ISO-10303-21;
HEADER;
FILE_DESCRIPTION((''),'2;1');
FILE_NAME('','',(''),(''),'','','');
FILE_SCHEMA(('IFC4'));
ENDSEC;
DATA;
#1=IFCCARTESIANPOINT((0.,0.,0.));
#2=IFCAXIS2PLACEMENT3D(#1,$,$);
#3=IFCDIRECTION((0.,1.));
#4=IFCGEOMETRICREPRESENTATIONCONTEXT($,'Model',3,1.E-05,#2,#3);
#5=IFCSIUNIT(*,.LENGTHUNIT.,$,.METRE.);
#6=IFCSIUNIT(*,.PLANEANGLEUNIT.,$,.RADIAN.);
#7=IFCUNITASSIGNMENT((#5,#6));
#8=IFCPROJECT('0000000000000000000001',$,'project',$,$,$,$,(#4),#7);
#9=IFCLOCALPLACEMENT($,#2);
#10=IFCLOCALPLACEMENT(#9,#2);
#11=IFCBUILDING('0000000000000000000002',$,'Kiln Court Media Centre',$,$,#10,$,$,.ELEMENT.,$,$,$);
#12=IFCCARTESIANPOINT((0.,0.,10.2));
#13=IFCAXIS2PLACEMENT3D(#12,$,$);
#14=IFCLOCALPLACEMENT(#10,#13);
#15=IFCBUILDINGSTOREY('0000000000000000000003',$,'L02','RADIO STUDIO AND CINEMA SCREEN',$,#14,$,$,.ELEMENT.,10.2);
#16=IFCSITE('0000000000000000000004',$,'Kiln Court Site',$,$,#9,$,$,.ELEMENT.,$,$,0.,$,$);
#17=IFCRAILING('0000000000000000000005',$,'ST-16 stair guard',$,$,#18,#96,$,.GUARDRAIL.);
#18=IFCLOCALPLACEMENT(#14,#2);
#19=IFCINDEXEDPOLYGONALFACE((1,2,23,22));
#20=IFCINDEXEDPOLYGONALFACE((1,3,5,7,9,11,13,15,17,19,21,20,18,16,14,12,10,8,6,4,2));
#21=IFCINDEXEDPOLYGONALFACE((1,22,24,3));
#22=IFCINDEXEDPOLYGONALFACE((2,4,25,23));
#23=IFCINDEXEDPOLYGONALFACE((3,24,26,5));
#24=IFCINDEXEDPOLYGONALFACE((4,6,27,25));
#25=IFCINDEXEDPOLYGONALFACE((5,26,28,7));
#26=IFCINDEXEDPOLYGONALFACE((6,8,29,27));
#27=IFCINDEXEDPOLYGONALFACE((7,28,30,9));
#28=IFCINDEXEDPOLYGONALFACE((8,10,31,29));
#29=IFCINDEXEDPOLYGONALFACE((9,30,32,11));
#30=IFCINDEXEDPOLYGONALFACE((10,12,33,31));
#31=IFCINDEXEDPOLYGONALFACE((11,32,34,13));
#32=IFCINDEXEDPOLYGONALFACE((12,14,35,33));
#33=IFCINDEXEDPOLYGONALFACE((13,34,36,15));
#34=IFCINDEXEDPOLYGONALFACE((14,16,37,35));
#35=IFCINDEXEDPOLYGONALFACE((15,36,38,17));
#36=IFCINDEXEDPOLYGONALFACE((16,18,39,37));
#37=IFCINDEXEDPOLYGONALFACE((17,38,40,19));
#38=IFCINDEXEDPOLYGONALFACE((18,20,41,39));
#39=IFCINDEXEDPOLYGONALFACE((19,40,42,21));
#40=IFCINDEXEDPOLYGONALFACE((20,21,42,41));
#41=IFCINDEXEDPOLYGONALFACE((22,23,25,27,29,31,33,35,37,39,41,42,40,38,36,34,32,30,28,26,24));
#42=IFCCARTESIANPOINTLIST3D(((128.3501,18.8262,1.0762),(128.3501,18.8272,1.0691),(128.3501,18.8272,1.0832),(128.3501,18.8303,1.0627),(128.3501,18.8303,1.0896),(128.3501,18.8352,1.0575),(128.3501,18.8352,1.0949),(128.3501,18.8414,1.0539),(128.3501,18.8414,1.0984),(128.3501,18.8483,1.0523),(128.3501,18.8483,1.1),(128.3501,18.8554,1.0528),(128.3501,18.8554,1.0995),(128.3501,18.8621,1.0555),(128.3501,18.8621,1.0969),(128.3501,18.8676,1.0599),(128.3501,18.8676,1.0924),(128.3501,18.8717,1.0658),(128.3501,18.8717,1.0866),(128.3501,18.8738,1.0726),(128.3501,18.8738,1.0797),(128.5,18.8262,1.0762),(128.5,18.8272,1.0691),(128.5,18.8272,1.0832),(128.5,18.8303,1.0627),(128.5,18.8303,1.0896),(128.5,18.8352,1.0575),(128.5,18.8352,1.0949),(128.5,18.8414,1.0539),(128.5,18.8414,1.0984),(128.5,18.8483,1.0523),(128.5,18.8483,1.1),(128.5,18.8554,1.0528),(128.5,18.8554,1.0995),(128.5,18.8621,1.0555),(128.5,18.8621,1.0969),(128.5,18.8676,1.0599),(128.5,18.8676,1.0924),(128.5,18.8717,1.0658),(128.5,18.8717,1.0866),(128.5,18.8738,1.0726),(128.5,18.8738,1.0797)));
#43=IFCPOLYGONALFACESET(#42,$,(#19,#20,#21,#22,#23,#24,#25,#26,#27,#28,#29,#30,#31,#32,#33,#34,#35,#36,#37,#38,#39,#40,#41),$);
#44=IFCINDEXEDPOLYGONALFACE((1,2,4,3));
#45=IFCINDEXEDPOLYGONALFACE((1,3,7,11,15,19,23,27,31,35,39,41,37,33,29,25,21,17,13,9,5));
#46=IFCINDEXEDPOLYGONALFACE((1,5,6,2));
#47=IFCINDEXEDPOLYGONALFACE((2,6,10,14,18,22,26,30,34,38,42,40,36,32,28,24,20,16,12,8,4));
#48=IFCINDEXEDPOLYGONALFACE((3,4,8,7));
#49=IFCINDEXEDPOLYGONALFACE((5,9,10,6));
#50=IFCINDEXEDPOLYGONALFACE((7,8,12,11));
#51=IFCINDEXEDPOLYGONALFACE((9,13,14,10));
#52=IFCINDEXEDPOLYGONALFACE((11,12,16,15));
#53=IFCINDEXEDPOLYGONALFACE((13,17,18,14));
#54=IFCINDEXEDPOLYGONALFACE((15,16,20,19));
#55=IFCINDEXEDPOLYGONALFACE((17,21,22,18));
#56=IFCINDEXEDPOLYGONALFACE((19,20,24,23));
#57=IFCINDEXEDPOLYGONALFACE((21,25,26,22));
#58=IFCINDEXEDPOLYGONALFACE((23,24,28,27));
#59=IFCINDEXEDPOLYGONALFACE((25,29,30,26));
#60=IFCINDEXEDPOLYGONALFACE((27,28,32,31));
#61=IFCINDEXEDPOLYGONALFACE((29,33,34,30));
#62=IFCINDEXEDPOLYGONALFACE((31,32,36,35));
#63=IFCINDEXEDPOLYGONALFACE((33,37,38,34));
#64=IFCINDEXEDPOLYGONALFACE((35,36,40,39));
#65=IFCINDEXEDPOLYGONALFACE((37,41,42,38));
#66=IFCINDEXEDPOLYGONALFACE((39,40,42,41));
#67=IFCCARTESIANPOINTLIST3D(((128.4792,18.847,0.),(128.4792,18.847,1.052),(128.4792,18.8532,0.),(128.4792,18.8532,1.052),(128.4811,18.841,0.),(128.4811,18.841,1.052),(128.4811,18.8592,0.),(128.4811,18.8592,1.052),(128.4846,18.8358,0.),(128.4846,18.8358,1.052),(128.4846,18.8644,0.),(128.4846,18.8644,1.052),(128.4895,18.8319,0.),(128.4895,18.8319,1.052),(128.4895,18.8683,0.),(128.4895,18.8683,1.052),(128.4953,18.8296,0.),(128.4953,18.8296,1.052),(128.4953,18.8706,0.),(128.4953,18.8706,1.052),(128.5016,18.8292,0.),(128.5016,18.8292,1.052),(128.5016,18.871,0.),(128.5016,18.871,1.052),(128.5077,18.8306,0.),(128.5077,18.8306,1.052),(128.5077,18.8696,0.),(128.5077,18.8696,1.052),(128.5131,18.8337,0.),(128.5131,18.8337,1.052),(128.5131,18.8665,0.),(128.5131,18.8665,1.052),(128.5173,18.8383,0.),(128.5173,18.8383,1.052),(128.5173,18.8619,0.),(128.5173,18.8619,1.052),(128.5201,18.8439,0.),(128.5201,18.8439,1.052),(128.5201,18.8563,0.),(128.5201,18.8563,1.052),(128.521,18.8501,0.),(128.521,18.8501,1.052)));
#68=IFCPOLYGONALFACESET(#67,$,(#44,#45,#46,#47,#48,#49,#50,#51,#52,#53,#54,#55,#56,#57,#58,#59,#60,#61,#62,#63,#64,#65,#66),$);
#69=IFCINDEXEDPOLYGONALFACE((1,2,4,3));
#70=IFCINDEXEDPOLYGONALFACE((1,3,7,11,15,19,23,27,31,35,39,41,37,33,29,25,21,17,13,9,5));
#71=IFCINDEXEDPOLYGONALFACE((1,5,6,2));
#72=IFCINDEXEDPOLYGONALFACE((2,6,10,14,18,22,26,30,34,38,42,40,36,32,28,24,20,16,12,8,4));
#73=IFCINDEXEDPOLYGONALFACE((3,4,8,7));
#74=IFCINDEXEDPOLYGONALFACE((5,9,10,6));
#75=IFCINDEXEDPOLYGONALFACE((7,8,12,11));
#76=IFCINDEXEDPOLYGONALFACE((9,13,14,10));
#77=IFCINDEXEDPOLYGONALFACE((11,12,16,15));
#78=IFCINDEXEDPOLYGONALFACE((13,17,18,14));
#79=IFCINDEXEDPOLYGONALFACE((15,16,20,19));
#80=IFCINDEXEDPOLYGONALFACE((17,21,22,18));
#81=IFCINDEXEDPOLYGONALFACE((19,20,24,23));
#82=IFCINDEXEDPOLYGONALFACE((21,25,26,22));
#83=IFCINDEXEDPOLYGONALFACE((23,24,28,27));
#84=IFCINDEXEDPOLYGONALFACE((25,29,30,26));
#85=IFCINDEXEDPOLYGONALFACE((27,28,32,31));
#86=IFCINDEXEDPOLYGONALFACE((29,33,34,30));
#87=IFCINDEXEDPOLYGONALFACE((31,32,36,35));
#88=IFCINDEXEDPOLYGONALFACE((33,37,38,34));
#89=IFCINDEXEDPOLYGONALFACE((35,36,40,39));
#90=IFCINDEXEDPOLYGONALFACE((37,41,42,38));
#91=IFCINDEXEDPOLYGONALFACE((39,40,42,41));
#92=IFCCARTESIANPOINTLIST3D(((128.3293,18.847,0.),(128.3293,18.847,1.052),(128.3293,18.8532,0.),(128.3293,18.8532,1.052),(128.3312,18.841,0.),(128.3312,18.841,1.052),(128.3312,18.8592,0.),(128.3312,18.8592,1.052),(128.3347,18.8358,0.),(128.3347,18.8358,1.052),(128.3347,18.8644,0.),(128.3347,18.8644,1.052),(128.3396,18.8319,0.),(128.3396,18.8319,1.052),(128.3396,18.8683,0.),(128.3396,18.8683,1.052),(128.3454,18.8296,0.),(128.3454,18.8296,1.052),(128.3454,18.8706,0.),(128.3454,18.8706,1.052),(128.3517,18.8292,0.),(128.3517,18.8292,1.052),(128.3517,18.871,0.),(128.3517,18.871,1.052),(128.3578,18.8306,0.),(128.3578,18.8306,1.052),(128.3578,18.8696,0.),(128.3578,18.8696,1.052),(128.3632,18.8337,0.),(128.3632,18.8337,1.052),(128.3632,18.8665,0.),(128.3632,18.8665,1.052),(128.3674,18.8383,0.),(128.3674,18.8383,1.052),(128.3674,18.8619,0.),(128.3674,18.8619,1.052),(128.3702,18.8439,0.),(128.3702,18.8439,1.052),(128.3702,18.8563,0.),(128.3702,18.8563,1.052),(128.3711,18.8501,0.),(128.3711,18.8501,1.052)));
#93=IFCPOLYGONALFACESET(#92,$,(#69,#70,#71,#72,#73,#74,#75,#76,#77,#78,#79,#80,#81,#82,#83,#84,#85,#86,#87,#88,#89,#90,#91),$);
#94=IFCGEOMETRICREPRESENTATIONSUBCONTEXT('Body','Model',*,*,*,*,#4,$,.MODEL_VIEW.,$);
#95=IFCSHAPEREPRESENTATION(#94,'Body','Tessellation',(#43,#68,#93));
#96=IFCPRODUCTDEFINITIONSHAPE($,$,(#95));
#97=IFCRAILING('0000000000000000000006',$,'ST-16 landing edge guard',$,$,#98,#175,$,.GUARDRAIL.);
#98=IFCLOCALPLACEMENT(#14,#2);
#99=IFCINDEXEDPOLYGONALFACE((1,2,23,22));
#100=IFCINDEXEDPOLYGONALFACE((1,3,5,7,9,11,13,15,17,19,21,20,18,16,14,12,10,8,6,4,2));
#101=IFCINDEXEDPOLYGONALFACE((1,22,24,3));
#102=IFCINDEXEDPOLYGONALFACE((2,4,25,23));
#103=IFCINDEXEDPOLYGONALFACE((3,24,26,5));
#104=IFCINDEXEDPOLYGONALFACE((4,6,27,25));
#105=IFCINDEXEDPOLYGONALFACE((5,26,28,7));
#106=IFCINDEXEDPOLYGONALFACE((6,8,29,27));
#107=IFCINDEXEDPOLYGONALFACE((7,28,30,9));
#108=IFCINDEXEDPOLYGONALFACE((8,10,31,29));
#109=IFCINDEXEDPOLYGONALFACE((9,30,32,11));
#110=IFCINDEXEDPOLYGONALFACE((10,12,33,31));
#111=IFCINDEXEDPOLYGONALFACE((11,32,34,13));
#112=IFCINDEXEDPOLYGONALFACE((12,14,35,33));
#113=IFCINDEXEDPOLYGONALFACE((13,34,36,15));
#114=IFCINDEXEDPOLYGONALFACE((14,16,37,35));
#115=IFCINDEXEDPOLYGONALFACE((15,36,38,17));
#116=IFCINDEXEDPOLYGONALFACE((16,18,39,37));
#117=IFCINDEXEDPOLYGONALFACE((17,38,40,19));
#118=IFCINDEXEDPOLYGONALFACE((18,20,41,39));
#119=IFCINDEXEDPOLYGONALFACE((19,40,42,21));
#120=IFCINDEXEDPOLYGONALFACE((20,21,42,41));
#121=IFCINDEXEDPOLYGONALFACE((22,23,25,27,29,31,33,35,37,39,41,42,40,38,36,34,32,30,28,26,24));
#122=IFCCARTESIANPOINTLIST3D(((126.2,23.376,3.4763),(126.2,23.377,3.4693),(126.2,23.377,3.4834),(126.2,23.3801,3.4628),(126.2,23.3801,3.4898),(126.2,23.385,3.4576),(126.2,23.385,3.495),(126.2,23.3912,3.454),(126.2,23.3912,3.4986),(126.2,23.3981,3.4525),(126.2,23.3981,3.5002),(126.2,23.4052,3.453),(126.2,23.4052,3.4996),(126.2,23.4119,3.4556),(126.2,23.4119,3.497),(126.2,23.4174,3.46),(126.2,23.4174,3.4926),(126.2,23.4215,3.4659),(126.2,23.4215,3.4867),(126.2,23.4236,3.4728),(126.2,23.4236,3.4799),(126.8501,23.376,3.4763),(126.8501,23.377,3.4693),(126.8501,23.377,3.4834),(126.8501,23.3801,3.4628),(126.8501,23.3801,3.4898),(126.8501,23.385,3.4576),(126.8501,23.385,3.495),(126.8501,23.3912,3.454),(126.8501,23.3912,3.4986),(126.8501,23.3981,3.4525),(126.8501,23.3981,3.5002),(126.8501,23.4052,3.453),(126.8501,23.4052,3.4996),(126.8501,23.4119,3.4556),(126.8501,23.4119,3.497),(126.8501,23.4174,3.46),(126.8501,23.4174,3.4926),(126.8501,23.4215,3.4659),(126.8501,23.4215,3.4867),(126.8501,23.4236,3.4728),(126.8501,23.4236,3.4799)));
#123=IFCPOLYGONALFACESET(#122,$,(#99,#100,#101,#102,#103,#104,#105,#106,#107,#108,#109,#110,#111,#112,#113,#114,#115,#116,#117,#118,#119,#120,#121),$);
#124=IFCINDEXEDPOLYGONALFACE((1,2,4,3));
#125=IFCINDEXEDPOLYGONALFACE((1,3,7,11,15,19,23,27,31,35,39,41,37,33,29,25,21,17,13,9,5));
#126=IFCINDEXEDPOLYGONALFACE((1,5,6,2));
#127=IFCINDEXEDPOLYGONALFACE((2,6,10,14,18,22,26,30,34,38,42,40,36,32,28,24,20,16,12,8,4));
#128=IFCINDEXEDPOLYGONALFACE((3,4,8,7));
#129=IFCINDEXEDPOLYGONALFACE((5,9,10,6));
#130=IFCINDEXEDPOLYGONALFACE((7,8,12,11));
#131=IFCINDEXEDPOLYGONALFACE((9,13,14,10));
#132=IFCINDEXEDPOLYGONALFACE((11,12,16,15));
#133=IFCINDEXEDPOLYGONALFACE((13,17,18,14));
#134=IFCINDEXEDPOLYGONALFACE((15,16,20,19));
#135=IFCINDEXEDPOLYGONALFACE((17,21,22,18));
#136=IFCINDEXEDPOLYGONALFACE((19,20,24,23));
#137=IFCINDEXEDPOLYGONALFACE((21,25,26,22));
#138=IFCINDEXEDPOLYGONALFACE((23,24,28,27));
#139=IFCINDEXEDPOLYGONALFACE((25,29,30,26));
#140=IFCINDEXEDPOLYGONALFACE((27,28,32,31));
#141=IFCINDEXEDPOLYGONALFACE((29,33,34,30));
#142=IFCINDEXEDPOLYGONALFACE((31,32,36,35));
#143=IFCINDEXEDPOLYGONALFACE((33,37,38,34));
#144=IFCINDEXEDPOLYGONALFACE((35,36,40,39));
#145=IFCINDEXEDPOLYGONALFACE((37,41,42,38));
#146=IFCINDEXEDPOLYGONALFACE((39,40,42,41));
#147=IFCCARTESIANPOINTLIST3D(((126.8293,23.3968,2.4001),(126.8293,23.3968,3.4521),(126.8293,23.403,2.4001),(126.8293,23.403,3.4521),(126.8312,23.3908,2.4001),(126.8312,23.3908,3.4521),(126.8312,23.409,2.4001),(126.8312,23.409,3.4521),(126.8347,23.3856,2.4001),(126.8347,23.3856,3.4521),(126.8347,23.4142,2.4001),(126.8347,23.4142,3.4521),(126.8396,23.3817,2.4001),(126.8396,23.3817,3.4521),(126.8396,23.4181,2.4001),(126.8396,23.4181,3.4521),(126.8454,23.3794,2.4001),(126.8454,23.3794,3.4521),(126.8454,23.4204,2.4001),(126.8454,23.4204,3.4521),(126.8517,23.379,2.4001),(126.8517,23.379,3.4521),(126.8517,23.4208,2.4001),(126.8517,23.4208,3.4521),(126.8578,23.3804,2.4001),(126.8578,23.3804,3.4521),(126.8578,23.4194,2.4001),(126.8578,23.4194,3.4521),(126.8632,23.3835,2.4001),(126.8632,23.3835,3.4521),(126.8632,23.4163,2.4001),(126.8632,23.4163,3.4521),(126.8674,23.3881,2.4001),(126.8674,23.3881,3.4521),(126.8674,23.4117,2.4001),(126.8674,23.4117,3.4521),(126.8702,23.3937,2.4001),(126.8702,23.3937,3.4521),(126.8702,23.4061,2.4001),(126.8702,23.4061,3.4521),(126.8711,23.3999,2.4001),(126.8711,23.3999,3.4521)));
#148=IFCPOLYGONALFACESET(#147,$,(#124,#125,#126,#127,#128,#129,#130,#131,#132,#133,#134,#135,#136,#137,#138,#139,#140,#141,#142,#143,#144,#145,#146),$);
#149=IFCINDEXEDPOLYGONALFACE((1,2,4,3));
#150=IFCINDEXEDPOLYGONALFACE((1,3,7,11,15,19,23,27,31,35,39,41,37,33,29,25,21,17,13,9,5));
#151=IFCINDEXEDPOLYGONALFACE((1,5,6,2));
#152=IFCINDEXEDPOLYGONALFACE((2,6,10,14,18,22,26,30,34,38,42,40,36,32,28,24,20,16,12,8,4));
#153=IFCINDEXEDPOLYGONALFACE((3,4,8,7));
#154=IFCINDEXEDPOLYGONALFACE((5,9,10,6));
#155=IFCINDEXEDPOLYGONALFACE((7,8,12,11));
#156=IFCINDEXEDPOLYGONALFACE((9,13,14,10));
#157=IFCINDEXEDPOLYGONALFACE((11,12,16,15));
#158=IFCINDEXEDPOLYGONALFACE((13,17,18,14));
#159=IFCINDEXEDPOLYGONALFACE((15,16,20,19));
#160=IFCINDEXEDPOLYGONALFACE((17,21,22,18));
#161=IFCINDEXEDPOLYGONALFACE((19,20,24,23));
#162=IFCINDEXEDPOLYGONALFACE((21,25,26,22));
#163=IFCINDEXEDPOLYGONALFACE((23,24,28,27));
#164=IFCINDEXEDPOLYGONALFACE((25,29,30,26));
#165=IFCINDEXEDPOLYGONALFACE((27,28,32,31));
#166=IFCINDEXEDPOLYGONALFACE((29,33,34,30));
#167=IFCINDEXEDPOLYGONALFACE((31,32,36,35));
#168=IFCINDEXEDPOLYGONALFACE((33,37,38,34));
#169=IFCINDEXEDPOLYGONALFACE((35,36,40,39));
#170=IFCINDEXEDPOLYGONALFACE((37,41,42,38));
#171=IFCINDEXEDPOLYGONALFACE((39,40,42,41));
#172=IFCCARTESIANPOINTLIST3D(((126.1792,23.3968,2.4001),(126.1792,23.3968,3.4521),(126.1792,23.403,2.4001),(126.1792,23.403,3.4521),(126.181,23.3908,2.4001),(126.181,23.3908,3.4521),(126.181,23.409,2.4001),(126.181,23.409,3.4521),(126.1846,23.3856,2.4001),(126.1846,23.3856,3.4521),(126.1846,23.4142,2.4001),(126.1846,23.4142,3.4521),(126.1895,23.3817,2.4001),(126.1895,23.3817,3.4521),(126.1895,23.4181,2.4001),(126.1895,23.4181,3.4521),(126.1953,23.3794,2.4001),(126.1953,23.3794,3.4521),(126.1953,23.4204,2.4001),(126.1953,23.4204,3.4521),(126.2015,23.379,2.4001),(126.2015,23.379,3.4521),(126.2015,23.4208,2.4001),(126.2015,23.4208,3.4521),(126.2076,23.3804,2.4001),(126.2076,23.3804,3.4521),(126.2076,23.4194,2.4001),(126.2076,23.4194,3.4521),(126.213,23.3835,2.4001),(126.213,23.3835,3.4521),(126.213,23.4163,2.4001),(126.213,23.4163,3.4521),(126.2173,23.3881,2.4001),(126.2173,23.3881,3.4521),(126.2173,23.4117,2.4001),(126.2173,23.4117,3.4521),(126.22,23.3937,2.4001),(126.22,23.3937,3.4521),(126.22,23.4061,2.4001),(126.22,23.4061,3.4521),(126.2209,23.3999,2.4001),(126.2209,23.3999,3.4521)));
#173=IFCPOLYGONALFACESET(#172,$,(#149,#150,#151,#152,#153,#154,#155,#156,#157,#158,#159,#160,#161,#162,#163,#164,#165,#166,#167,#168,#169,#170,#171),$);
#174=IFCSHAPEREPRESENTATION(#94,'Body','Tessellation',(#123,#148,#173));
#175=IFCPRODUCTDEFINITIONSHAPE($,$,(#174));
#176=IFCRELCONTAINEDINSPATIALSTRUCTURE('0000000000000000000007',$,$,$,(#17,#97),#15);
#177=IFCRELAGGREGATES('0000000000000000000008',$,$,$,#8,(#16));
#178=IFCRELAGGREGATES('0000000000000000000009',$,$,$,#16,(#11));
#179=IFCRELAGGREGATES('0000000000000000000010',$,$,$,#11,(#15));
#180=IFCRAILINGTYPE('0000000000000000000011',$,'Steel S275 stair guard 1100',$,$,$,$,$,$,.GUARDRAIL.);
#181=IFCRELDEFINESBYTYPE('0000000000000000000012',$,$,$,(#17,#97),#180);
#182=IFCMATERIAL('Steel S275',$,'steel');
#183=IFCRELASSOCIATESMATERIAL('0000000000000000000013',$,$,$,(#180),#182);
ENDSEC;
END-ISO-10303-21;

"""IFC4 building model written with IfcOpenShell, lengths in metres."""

from ifc_helpers import new_model, si_unit, direction, frame, origin, origin_2d, place, context, subcontext, project, spatial, circle, extrude, material, type_object, element, save


model = new_model("IFC4")

# Units and contexts
model_context = context("Model", 3, precision=1e-05, world=origin(), true_north=direction((0.0, 1.0)))
body_context = subcontext(model_context, "Body", "Model", "MODEL_VIEW")
ifc_project = project(units=[si_unit("LENGTHUNIT", "METRE"), si_unit("PLANEANGLEUNIT", "RADIAN")], contexts=[model_context])

# Site, building, storey
site_placement = place(None, origin())
site = spatial("IfcSite", under=ifc_project, at=site_placement, Name="Kiln Court Site", CompositionType="ELEMENT", RefElevation=0.0)
building_placement = place(site_placement, origin())
building = spatial("IfcBuilding", under=site, at=building_placement, Name="Kiln Court Media Centre", CompositionType="ELEMENT")
storey_placement = place(building_placement, frame((0.0, 0.0, 10.2)))
storey = spatial("IfcBuildingStorey", under=building, at=storey_placement, Name="L02", Description="RADIO STUDIO AND CINEMA SCREEN", CompositionType="ELEMENT", Elevation=10.2)

# Railings
ifc_material_1 = material(Name="Steel S275", Category="steel")
railing_type_1 = type_object("IfcRailingType", Name="Steel S275 stair guard 1100", PredefinedType="GUARDRAIL", material=ifc_material_1)
railing_1_placement = place(storey_placement, frame((128.5, 18.8501, 0.0)))
element("IfcRailing", 1, at=railing_1_placement, inside=storey, type_object=railing_type_1, Name="ST-16 stair guard", PredefinedType="GUARDRAIL", context=body_context, shape_type="SweptSolid", body=[
    extrude(circle(Radius=0.0239, at=origin_2d()), frame((0.0, 0.0, 1.0762), z_axis=(-1.0, 0.0, 0.0), x_axis=(0.0, -1.0, 0.0)), (0.0, 0.0, 1.0), 0.1499),
    extrude(circle(Radius=0.021, at=origin_2d()), origin(), (0.0, 0.0, 1.0), 1.052),
    extrude(circle(Radius=0.021, at=origin_2d()), frame((-0.1499, 0.0, 0.0)), (0.0, 0.0, 1.0), 1.052),
])
for number, where, name in (
    (2, (126.8501, 23.3999, 2.4001), "ST-16 landing edge guard"),
):
    element("IfcRailing", number, at=place(storey_placement, frame(where)), inside=storey, type_object=railing_type_1, Name=name, PredefinedType="GUARDRAIL", context=body_context, shape_type="SweptSolid", body=[
        extrude(circle(Radius=0.0239, at=origin_2d()), frame((0.0, 0.0, 1.0762), z_axis=(-1.0, 0.0, 0.0), x_axis=(0.0, -1.0, 0.0)), (0.0, 0.0, 1.0), 0.6501),
        extrude(circle(Radius=0.021, at=origin_2d()), origin(), (0.0, 0.0, 1.0), 1.052),
        extrude(circle(Radius=0.021, at=origin_2d()), frame((-0.6501, 0.0, 0.0)), (0.0, 0.0, 1.0), 1.052),
    ])

save(model, "model.ifc")
